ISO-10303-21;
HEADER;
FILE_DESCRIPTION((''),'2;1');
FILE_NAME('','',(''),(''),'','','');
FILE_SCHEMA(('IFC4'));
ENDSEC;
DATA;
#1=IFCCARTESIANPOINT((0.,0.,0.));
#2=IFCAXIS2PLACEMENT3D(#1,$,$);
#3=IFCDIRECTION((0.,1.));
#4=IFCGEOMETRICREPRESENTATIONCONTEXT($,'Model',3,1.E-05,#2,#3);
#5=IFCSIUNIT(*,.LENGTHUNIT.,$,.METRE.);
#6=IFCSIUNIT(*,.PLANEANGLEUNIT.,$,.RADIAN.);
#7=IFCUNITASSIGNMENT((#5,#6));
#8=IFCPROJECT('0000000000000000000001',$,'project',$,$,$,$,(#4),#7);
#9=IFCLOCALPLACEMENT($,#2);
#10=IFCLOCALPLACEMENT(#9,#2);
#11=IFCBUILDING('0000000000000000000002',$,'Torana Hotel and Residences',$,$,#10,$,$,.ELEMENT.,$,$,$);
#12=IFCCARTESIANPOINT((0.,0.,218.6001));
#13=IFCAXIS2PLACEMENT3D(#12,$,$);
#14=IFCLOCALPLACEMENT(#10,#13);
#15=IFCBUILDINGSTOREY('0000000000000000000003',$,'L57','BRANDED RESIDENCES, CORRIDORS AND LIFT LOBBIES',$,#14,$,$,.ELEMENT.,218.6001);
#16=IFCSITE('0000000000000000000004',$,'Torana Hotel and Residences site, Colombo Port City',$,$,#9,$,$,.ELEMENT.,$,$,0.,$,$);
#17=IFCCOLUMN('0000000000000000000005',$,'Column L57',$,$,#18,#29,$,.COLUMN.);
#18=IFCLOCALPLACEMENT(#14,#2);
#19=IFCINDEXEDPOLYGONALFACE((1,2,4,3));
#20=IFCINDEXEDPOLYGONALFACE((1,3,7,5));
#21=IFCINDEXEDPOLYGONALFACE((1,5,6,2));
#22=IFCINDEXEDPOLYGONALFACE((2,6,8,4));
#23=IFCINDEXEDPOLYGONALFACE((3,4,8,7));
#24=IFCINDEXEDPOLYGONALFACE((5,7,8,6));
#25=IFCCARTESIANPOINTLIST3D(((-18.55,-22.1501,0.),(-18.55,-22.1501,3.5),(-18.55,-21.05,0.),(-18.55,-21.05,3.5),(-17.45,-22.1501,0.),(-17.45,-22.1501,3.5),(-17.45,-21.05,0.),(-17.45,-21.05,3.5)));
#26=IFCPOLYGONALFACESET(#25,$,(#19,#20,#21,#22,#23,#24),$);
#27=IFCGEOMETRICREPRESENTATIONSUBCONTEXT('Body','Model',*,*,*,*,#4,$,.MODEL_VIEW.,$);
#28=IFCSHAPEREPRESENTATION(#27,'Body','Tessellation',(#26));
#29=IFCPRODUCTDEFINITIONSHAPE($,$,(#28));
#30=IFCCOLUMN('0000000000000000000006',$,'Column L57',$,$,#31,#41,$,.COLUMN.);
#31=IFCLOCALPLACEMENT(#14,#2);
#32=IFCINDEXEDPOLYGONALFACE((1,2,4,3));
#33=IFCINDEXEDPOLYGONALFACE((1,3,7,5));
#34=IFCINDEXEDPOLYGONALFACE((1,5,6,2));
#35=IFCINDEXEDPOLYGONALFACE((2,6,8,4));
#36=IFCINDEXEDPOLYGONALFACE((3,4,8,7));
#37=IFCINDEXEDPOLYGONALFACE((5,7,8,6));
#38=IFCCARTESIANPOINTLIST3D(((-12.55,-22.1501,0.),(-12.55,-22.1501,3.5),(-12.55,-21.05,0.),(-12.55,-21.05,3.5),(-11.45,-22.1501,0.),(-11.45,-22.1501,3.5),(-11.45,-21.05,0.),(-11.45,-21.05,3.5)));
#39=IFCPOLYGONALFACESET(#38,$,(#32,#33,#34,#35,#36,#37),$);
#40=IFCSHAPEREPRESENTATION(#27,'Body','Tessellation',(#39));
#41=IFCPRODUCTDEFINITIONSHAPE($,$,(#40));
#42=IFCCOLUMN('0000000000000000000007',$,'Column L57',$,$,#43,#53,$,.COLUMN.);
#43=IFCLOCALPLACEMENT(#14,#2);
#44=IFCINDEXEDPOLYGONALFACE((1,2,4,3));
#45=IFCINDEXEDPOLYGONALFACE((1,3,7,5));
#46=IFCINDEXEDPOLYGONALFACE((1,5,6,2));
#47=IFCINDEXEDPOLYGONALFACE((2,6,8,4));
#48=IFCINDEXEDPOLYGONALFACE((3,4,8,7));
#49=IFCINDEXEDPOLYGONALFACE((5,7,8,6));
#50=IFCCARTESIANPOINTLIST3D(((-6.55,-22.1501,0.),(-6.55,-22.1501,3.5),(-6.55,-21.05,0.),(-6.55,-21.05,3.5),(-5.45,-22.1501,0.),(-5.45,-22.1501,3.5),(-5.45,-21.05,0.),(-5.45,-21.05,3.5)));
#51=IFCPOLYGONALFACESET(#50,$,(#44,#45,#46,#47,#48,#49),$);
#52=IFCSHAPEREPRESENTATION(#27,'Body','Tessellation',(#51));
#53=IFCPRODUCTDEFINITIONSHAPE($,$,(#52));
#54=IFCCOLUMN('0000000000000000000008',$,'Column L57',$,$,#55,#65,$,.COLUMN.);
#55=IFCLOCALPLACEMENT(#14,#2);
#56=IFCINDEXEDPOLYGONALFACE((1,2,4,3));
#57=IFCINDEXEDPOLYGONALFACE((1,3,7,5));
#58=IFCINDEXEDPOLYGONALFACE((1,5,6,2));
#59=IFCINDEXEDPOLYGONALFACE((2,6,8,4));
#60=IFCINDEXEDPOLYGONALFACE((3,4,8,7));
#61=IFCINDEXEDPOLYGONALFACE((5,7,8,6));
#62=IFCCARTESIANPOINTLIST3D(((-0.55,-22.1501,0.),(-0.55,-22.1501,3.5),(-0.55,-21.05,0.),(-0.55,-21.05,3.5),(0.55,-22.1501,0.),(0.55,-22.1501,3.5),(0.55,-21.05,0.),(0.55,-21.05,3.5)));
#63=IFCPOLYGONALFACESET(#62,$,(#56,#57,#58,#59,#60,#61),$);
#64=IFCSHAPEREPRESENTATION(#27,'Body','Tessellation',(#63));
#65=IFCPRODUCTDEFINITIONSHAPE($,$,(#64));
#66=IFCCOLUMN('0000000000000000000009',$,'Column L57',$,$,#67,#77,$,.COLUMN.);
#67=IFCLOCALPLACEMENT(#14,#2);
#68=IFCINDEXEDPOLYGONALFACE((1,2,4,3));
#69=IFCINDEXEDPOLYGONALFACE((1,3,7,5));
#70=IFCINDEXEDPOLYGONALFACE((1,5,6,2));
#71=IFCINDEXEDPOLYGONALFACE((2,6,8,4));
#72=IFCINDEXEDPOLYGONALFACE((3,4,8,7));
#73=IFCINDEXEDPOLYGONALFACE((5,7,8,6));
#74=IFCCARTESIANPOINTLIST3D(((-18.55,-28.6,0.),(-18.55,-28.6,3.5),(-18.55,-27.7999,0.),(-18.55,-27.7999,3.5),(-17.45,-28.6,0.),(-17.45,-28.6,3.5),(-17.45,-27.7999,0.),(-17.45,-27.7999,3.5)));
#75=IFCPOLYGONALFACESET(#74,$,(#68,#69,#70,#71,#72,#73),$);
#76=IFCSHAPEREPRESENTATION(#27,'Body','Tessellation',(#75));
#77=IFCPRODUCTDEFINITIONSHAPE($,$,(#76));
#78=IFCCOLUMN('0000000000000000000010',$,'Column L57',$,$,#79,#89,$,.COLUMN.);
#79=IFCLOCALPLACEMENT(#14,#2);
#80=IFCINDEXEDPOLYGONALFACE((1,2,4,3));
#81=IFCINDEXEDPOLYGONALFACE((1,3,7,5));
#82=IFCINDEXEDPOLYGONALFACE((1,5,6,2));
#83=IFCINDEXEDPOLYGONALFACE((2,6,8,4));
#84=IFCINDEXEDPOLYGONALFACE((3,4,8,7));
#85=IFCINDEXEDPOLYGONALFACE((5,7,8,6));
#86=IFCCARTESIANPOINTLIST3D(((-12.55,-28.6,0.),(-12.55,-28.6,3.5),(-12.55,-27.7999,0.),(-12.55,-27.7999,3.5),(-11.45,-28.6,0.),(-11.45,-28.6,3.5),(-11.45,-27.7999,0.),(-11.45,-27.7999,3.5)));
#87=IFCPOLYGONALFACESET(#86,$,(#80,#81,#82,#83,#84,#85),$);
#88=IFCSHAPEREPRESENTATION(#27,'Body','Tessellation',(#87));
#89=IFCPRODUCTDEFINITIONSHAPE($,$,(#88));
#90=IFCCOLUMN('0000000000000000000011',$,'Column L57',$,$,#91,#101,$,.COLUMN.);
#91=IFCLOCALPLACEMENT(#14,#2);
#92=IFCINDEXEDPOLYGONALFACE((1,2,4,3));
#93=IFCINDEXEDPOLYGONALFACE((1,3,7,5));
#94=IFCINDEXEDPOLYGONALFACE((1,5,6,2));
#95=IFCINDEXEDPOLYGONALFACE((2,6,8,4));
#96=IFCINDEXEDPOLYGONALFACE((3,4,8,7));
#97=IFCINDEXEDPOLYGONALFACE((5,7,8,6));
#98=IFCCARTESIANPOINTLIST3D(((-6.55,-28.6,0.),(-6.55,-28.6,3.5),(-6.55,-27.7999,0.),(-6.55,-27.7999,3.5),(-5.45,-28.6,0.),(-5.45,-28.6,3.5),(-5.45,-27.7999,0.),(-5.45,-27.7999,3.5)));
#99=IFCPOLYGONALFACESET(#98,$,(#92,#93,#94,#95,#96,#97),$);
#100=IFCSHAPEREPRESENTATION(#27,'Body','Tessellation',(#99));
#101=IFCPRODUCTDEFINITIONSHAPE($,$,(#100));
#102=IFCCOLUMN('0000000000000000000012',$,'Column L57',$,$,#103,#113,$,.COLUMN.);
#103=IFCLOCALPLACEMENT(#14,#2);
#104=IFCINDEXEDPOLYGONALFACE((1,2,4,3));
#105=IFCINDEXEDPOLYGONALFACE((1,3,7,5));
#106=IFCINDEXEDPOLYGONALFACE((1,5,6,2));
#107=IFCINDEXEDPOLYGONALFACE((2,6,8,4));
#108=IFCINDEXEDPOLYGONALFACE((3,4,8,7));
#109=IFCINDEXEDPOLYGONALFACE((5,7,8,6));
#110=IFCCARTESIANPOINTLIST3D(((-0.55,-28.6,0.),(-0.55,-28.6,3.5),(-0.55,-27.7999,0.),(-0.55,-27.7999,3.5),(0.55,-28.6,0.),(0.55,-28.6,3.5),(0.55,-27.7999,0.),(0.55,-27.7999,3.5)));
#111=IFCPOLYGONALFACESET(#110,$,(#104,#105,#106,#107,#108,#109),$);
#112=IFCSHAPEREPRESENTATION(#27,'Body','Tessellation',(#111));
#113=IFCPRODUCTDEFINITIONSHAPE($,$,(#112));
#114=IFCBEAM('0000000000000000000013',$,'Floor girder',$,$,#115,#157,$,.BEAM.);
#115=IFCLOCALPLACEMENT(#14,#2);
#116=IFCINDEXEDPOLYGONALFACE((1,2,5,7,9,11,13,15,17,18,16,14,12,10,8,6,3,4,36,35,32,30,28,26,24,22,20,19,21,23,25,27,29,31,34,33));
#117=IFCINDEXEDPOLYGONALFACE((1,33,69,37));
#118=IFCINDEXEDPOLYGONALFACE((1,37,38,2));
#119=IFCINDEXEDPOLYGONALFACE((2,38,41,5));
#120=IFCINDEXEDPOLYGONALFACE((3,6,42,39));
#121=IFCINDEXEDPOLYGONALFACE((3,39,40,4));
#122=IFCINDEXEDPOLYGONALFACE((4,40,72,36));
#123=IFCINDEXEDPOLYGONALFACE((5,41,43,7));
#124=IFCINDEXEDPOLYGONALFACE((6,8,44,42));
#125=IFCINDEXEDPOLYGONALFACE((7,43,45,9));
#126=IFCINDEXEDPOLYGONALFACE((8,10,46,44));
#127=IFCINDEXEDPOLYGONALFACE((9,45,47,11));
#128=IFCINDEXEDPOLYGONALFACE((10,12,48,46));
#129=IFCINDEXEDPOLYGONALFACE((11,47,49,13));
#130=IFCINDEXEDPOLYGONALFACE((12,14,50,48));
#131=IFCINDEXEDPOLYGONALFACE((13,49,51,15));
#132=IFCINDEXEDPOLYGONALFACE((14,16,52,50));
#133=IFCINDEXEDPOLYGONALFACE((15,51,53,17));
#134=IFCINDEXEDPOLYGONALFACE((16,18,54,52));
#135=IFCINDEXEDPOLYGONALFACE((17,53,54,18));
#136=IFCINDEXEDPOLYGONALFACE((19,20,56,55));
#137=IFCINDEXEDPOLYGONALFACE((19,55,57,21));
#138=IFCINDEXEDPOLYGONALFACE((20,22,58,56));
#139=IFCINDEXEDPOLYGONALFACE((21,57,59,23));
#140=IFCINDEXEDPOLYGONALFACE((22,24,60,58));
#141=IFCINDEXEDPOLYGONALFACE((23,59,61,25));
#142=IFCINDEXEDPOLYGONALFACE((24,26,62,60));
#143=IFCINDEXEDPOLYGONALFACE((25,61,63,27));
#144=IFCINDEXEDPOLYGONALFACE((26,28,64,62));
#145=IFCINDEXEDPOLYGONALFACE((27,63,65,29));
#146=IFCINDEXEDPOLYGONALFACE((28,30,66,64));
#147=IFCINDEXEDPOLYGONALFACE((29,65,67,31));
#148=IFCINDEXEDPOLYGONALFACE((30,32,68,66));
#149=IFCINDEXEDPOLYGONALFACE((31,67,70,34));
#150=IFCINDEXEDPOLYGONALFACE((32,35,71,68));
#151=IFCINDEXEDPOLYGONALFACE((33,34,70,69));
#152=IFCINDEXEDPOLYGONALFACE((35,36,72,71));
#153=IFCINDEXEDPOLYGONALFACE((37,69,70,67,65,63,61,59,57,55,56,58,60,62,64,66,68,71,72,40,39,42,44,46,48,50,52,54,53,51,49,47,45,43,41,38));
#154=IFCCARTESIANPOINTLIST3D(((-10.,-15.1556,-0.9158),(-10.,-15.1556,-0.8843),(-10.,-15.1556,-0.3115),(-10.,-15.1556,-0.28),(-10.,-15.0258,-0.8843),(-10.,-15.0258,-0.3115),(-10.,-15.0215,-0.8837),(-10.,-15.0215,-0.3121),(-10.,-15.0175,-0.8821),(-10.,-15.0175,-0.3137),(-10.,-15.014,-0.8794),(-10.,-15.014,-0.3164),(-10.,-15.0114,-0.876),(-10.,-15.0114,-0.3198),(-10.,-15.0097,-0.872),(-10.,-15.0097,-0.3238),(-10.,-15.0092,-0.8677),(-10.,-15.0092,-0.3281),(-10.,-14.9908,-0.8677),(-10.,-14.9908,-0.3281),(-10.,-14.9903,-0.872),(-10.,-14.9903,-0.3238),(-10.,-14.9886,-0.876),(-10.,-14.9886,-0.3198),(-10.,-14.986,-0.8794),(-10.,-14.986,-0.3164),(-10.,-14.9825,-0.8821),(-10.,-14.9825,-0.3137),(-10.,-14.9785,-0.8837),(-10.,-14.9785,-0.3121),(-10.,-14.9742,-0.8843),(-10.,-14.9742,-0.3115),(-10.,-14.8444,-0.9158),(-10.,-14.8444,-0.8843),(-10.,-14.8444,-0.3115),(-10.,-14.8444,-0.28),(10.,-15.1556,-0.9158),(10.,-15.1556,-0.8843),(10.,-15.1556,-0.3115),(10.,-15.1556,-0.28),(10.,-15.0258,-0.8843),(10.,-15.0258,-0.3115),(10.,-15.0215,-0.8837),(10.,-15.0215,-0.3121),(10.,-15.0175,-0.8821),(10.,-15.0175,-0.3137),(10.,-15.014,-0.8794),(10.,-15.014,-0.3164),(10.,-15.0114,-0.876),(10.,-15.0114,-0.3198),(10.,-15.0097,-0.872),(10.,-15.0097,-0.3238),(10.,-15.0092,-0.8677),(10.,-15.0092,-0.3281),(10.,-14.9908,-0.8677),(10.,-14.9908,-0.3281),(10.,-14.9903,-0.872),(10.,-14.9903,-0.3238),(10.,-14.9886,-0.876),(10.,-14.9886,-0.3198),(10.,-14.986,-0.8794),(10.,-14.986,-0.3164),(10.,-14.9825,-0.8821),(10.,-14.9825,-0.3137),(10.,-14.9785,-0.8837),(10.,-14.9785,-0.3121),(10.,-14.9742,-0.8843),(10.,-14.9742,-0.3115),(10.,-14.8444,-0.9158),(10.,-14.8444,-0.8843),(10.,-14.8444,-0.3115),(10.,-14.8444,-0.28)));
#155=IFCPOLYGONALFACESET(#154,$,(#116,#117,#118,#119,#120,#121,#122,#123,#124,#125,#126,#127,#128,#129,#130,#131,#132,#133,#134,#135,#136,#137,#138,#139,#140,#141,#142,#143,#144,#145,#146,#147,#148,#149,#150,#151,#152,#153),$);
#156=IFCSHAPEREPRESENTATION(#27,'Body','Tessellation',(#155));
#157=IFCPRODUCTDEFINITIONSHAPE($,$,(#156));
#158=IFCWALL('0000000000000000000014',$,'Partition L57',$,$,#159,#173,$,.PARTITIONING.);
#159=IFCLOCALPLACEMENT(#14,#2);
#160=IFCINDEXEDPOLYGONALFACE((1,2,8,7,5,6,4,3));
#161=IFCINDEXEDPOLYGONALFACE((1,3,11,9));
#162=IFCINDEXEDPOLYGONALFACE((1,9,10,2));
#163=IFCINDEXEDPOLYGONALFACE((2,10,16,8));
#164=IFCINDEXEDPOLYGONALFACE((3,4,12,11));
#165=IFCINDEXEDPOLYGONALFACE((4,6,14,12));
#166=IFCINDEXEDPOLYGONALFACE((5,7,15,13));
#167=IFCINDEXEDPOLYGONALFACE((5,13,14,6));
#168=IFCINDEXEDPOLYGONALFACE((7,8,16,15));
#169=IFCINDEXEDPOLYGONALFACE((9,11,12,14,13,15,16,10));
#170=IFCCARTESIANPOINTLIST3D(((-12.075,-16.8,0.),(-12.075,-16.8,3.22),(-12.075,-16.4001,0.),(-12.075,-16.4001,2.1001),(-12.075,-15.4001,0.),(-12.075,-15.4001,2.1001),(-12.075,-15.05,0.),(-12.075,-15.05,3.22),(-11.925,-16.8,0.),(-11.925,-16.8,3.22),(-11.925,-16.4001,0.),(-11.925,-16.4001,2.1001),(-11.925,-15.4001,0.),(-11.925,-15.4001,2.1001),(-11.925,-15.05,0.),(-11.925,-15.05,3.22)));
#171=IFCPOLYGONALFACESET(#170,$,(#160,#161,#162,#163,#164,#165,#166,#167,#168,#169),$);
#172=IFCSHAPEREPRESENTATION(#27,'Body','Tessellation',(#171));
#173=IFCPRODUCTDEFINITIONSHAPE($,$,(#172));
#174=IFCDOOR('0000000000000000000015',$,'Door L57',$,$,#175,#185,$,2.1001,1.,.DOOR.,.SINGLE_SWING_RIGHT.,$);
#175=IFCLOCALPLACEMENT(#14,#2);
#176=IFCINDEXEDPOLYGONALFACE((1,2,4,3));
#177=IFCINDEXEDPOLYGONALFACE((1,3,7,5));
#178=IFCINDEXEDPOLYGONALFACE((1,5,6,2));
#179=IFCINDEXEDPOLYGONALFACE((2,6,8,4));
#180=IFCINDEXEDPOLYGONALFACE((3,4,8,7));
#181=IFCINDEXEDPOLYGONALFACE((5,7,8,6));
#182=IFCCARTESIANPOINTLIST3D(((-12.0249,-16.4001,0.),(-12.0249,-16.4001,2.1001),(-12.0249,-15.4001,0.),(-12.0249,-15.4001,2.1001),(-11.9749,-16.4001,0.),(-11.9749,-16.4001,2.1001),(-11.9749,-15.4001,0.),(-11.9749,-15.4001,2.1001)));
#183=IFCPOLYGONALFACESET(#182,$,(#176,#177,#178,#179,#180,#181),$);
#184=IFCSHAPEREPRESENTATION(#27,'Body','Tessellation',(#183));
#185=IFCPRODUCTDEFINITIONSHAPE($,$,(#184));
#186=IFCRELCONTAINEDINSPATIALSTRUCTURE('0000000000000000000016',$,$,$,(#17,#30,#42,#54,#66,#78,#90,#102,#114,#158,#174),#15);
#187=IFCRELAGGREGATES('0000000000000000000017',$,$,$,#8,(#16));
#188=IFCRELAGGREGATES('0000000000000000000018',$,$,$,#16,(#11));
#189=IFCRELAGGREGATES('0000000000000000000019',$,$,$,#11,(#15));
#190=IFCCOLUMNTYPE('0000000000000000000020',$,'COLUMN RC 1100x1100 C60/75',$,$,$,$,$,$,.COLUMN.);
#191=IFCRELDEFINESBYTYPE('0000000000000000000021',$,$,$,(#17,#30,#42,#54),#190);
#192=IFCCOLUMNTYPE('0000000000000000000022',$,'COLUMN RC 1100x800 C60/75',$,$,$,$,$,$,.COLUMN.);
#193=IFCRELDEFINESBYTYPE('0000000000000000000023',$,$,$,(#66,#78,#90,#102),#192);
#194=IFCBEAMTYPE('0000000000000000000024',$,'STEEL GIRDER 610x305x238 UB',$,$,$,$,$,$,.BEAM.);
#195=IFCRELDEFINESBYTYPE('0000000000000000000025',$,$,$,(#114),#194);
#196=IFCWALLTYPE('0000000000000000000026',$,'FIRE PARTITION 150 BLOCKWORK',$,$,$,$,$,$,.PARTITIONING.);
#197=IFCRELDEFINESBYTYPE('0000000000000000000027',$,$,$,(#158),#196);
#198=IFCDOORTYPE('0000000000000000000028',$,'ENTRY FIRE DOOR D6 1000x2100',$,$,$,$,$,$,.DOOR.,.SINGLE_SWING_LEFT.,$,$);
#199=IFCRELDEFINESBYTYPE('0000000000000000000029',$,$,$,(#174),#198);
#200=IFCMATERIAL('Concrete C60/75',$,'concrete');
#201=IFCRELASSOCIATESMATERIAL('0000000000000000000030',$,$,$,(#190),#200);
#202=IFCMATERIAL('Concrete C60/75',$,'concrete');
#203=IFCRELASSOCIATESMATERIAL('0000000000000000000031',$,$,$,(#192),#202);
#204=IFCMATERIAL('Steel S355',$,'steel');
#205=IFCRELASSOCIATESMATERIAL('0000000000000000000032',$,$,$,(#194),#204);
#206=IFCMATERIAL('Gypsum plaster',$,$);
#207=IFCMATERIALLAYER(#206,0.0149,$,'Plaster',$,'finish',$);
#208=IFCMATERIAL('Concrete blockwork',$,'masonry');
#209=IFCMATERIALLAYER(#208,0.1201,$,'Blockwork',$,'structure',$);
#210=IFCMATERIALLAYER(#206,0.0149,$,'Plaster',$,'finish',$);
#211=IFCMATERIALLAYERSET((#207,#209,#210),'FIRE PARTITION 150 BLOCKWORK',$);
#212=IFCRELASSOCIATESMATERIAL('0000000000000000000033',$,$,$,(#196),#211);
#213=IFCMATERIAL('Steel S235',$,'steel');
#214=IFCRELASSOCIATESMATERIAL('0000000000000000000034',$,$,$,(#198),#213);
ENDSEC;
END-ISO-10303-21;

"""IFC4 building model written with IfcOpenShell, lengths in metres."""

from ifc_helpers import new_model, si_unit, direction, frame, frame_2d, origin, origin_2d, place, context, subcontext, project, spatial, rectangle, i_section, extrude, material, layer, layer_set, material_profile, profile_set, type_object, element, fill, save


model = new_model("IFC4")

# Units and contexts
model_context = context("Model", 3, precision=1e-05, world=origin(), true_north=direction((0.0, 1.0)))
body_context = subcontext(model_context, "Body", "Model", "MODEL_VIEW")
ifc_project = project(units=[si_unit("LENGTHUNIT", "METRE"), si_unit("PLANEANGLEUNIT", "RADIAN")], contexts=[model_context])

# Site, building, storey
site_placement = place(None, origin())
site = spatial("IfcSite", under=ifc_project, at=site_placement, Name="Torana Hotel and Residences site, Colombo Port City", CompositionType="ELEMENT", RefElevation=0.0)
building_placement = place(site_placement, origin())
building = spatial("IfcBuilding", under=site, at=building_placement, Name="Torana Hotel and Residences", CompositionType="ELEMENT")
storey_placement = place(building_placement, frame((0.0, 0.0, 218.6001)))
storey = spatial("IfcBuildingStorey", under=building, at=storey_placement, Name="L57", Description="BRANDED RESIDENCES, CORRIDORS AND LIFT LOBBIES", CompositionType="ELEMENT", Elevation=218.6001)

# Columns
ifc_material_1 = material(Name="Concrete C60/75", Category="concrete")
ifc_material_profile_1 = material_profile(ifc_material_1, rectangle(XDim=1.1001, YDim=1.1001, at=origin_2d()), Name="RC 1100x1100")
ifc_profile_set_1 = profile_set([ifc_material_profile_1], Name="Concrete C60/75")
column_type_1 = type_object("IfcColumnType", Name="COLUMN RC 1100x1100 C60/75", PredefinedType="COLUMN", material=ifc_profile_set_1)
for number, where, z_axis, x_axis, name in (
    (1, (-18.0, -21.6001, 0.0), (0.0, 0.0, 1.0), (1.0, 0.0, 0.0), "Column L57"),
    (2, (-12.0, -21.6001, 0.0), (0.0, 0.0, 1.0), (1.0, 0.0, 0.0), "Column L57"),
    (3, (-6.0, -21.6001, 0.0), (0.0, 0.0, 1.0), (1.0, 0.0, 0.0), "Column L57"),
    (4, (0.0, -21.6001, 0.0), (0.0, 0.0, 1.0), (1.0, 0.0, 0.0), "Column L57"),
):
    element("IfcColumn", number, at=place(storey_placement, frame(where, z_axis=z_axis, x_axis=x_axis)), inside=storey, type_object=column_type_1, Name=name, PredefinedType="COLUMN", context=body_context, shape_type="SweptSolid", body=[
        extrude(rectangle(XDim=1.1001, YDim=1.1001, at=origin_2d()), origin(), (0.0, 0.0, 1.0), 3.5),
    ])
ifc_material_2 = material(Name="Concrete C60/75", Category="concrete")
ifc_material_profile_2 = material_profile(ifc_material_2, rectangle(XDim=1.1001, YDim=0.8, at=origin_2d()), Name="RC 1100x800")
ifc_profile_set_2 = profile_set([ifc_material_profile_2], Name="Concrete C60/75")
column_type_2 = type_object("IfcColumnType", Name="COLUMN RC 1100x800 C60/75", PredefinedType="COLUMN", material=ifc_profile_set_2)
for number, where, z_axis, x_axis, name in (
    (5, (-18.0, -28.2, 0.0), (0.0, 0.0, 1.0), (1.0, 0.0, 0.0), "Column L57"),
    (6, (-12.0, -28.2, 0.0), (0.0, 0.0, 1.0), (1.0, 0.0, 0.0), "Column L57"),
    (7, (-6.0, -28.2, 0.0), (0.0, 0.0, 1.0), (1.0, 0.0, 0.0), "Column L57"),
    (8, (0.0, -28.2, 0.0), (0.0, 0.0, 1.0), (1.0, 0.0, 0.0), "Column L57"),
):
    element("IfcColumn", number, at=place(storey_placement, frame(where, z_axis=z_axis, x_axis=x_axis)), inside=storey, type_object=column_type_2, Name=name, PredefinedType="COLUMN", context=body_context, shape_type="SweptSolid", body=[
        extrude(rectangle(XDim=1.1001, YDim=0.8, at=origin_2d()), origin(), (0.0, 0.0, 1.0), 3.5),
    ])

# Beam
ifc_material_3 = material(Name="Steel S355", Category="steel")
ifc_material_profile_3 = material_profile(ifc_material_3, i_section(OverallWidth=0.3113, OverallDepth=0.6357, WebThickness=0.0183, FlangeThickness=0.0315, FilletRadius=0.0166, at=origin_2d()), Name="610x305x238 UB")
ifc_profile_set_3 = profile_set([ifc_material_profile_3], Name="Steel S355")
beam_type = type_object("IfcBeamType", Name="STEEL GIRDER 610x305x238 UB", PredefinedType="BEAM", material=ifc_profile_set_3)
beam_placement = place(storey_placement, frame((-10.0, -15.0, -0.5979), z_axis=(1.0, 0.0, 0.0), x_axis=(0.0, 1.0, 0.0)))
element("IfcBeam", 9, at=beam_placement, inside=storey, type_object=beam_type, Name="Floor girder", PredefinedType="BEAM", context=body_context, shape_type="SweptSolid", body=[
    extrude(i_section(OverallWidth=0.3113, OverallDepth=0.6357, WebThickness=0.0183, FlangeThickness=0.0315, FilletRadius=0.0166, at=origin_2d()), origin(), (0.0, 0.0, 1.0), 20.0),
])

# Wall, opening, door
ifc_material_4 = material(Name="Gypsum plaster")
ifc_layer_1 = layer(ifc_material_4, 0.0149, Name="Plaster", Category="finish")
ifc_material_5 = material(Name="Concrete blockwork", Category="masonry")
ifc_layer_2 = layer(ifc_material_5, 0.1201, Name="Blockwork", Category="structure")
ifc_layer_3 = layer(ifc_material_4, 0.0149, Name="Plaster", Category="finish")
ifc_layer_set_1 = layer_set([ifc_layer_1, ifc_layer_2, ifc_layer_3], Name="FIRE PARTITION 150 BLOCKWORK")
wall_type_1 = type_object("IfcWallType", Name="FIRE PARTITION 150 BLOCKWORK", PredefinedType="PARTITIONING", material=ifc_layer_set_1)
wall_1_placement = place(storey_placement, frame((-12.0, -16.8, 0.0), z_axis=(0.0, 0.0, 1.0), x_axis=(0.0, 1.0, 0.0)))
wall_1 = element("IfcWall", 10, at=wall_1_placement, inside=storey, type_object=wall_type_1, Name="Partition L57", PredefinedType="PARTITIONING", context=body_context, shape_type="SweptSolid", body=[
    extrude(rectangle(XDim=1.75, YDim=0.1499, at=frame_2d((0.875, 0.0))), origin(), (0.0, 0.0, 1.0), 3.22),
])
opening_1_placement = place(wall_1_placement, frame((0.3999, 0.0, 0.0)))
opening_1 = element("IfcOpeningElement", 11, at=opening_1_placement, cuts=wall_1, PredefinedType="OPENING", context=body_context, shape_type="SweptSolid", body=[
    extrude(rectangle(XDim=1.0, YDim=2.1001, at=frame_2d((0.5, 1.05))), frame((0.0, 0.085, 0.0), z_axis=(0.0, -1.0, 0.0), x_axis=(1.0, 0.0, 0.0)), (0.0, 0.0, 1.0), 0.1699),
])
ifc_material_6 = material(Name="Steel S235", Category="steel")
door_type = type_object("IfcDoorType", Name="ENTRY FIRE DOOR D6 1000x2100", OperationType="SINGLE_SWING_LEFT", PredefinedType="DOOR", material=ifc_material_6)
door_1_placement = place(opening_1_placement, origin())
door_1 = element("IfcDoor", 12, at=door_1_placement, inside=storey, type_object=door_type, Name="Door L57", OperationType="SINGLE_SWING_RIGHT", OverallHeight=2.1001, OverallWidth=1.0, PredefinedType="DOOR", context=body_context, shape_type="SweptSolid", body=[
    extrude(rectangle(XDim=1.0, YDim=2.1001, at=frame_2d((0.5, 1.05))), frame((0.0, 0.0249, 0.0), z_axis=(0.0, -1.0, 0.0), x_axis=(1.0, 0.0, 0.0)), (0.0, 0.0, 1.0), 0.05),
])
fill(opening_1, door_1)

save(model, "model.ifc")
